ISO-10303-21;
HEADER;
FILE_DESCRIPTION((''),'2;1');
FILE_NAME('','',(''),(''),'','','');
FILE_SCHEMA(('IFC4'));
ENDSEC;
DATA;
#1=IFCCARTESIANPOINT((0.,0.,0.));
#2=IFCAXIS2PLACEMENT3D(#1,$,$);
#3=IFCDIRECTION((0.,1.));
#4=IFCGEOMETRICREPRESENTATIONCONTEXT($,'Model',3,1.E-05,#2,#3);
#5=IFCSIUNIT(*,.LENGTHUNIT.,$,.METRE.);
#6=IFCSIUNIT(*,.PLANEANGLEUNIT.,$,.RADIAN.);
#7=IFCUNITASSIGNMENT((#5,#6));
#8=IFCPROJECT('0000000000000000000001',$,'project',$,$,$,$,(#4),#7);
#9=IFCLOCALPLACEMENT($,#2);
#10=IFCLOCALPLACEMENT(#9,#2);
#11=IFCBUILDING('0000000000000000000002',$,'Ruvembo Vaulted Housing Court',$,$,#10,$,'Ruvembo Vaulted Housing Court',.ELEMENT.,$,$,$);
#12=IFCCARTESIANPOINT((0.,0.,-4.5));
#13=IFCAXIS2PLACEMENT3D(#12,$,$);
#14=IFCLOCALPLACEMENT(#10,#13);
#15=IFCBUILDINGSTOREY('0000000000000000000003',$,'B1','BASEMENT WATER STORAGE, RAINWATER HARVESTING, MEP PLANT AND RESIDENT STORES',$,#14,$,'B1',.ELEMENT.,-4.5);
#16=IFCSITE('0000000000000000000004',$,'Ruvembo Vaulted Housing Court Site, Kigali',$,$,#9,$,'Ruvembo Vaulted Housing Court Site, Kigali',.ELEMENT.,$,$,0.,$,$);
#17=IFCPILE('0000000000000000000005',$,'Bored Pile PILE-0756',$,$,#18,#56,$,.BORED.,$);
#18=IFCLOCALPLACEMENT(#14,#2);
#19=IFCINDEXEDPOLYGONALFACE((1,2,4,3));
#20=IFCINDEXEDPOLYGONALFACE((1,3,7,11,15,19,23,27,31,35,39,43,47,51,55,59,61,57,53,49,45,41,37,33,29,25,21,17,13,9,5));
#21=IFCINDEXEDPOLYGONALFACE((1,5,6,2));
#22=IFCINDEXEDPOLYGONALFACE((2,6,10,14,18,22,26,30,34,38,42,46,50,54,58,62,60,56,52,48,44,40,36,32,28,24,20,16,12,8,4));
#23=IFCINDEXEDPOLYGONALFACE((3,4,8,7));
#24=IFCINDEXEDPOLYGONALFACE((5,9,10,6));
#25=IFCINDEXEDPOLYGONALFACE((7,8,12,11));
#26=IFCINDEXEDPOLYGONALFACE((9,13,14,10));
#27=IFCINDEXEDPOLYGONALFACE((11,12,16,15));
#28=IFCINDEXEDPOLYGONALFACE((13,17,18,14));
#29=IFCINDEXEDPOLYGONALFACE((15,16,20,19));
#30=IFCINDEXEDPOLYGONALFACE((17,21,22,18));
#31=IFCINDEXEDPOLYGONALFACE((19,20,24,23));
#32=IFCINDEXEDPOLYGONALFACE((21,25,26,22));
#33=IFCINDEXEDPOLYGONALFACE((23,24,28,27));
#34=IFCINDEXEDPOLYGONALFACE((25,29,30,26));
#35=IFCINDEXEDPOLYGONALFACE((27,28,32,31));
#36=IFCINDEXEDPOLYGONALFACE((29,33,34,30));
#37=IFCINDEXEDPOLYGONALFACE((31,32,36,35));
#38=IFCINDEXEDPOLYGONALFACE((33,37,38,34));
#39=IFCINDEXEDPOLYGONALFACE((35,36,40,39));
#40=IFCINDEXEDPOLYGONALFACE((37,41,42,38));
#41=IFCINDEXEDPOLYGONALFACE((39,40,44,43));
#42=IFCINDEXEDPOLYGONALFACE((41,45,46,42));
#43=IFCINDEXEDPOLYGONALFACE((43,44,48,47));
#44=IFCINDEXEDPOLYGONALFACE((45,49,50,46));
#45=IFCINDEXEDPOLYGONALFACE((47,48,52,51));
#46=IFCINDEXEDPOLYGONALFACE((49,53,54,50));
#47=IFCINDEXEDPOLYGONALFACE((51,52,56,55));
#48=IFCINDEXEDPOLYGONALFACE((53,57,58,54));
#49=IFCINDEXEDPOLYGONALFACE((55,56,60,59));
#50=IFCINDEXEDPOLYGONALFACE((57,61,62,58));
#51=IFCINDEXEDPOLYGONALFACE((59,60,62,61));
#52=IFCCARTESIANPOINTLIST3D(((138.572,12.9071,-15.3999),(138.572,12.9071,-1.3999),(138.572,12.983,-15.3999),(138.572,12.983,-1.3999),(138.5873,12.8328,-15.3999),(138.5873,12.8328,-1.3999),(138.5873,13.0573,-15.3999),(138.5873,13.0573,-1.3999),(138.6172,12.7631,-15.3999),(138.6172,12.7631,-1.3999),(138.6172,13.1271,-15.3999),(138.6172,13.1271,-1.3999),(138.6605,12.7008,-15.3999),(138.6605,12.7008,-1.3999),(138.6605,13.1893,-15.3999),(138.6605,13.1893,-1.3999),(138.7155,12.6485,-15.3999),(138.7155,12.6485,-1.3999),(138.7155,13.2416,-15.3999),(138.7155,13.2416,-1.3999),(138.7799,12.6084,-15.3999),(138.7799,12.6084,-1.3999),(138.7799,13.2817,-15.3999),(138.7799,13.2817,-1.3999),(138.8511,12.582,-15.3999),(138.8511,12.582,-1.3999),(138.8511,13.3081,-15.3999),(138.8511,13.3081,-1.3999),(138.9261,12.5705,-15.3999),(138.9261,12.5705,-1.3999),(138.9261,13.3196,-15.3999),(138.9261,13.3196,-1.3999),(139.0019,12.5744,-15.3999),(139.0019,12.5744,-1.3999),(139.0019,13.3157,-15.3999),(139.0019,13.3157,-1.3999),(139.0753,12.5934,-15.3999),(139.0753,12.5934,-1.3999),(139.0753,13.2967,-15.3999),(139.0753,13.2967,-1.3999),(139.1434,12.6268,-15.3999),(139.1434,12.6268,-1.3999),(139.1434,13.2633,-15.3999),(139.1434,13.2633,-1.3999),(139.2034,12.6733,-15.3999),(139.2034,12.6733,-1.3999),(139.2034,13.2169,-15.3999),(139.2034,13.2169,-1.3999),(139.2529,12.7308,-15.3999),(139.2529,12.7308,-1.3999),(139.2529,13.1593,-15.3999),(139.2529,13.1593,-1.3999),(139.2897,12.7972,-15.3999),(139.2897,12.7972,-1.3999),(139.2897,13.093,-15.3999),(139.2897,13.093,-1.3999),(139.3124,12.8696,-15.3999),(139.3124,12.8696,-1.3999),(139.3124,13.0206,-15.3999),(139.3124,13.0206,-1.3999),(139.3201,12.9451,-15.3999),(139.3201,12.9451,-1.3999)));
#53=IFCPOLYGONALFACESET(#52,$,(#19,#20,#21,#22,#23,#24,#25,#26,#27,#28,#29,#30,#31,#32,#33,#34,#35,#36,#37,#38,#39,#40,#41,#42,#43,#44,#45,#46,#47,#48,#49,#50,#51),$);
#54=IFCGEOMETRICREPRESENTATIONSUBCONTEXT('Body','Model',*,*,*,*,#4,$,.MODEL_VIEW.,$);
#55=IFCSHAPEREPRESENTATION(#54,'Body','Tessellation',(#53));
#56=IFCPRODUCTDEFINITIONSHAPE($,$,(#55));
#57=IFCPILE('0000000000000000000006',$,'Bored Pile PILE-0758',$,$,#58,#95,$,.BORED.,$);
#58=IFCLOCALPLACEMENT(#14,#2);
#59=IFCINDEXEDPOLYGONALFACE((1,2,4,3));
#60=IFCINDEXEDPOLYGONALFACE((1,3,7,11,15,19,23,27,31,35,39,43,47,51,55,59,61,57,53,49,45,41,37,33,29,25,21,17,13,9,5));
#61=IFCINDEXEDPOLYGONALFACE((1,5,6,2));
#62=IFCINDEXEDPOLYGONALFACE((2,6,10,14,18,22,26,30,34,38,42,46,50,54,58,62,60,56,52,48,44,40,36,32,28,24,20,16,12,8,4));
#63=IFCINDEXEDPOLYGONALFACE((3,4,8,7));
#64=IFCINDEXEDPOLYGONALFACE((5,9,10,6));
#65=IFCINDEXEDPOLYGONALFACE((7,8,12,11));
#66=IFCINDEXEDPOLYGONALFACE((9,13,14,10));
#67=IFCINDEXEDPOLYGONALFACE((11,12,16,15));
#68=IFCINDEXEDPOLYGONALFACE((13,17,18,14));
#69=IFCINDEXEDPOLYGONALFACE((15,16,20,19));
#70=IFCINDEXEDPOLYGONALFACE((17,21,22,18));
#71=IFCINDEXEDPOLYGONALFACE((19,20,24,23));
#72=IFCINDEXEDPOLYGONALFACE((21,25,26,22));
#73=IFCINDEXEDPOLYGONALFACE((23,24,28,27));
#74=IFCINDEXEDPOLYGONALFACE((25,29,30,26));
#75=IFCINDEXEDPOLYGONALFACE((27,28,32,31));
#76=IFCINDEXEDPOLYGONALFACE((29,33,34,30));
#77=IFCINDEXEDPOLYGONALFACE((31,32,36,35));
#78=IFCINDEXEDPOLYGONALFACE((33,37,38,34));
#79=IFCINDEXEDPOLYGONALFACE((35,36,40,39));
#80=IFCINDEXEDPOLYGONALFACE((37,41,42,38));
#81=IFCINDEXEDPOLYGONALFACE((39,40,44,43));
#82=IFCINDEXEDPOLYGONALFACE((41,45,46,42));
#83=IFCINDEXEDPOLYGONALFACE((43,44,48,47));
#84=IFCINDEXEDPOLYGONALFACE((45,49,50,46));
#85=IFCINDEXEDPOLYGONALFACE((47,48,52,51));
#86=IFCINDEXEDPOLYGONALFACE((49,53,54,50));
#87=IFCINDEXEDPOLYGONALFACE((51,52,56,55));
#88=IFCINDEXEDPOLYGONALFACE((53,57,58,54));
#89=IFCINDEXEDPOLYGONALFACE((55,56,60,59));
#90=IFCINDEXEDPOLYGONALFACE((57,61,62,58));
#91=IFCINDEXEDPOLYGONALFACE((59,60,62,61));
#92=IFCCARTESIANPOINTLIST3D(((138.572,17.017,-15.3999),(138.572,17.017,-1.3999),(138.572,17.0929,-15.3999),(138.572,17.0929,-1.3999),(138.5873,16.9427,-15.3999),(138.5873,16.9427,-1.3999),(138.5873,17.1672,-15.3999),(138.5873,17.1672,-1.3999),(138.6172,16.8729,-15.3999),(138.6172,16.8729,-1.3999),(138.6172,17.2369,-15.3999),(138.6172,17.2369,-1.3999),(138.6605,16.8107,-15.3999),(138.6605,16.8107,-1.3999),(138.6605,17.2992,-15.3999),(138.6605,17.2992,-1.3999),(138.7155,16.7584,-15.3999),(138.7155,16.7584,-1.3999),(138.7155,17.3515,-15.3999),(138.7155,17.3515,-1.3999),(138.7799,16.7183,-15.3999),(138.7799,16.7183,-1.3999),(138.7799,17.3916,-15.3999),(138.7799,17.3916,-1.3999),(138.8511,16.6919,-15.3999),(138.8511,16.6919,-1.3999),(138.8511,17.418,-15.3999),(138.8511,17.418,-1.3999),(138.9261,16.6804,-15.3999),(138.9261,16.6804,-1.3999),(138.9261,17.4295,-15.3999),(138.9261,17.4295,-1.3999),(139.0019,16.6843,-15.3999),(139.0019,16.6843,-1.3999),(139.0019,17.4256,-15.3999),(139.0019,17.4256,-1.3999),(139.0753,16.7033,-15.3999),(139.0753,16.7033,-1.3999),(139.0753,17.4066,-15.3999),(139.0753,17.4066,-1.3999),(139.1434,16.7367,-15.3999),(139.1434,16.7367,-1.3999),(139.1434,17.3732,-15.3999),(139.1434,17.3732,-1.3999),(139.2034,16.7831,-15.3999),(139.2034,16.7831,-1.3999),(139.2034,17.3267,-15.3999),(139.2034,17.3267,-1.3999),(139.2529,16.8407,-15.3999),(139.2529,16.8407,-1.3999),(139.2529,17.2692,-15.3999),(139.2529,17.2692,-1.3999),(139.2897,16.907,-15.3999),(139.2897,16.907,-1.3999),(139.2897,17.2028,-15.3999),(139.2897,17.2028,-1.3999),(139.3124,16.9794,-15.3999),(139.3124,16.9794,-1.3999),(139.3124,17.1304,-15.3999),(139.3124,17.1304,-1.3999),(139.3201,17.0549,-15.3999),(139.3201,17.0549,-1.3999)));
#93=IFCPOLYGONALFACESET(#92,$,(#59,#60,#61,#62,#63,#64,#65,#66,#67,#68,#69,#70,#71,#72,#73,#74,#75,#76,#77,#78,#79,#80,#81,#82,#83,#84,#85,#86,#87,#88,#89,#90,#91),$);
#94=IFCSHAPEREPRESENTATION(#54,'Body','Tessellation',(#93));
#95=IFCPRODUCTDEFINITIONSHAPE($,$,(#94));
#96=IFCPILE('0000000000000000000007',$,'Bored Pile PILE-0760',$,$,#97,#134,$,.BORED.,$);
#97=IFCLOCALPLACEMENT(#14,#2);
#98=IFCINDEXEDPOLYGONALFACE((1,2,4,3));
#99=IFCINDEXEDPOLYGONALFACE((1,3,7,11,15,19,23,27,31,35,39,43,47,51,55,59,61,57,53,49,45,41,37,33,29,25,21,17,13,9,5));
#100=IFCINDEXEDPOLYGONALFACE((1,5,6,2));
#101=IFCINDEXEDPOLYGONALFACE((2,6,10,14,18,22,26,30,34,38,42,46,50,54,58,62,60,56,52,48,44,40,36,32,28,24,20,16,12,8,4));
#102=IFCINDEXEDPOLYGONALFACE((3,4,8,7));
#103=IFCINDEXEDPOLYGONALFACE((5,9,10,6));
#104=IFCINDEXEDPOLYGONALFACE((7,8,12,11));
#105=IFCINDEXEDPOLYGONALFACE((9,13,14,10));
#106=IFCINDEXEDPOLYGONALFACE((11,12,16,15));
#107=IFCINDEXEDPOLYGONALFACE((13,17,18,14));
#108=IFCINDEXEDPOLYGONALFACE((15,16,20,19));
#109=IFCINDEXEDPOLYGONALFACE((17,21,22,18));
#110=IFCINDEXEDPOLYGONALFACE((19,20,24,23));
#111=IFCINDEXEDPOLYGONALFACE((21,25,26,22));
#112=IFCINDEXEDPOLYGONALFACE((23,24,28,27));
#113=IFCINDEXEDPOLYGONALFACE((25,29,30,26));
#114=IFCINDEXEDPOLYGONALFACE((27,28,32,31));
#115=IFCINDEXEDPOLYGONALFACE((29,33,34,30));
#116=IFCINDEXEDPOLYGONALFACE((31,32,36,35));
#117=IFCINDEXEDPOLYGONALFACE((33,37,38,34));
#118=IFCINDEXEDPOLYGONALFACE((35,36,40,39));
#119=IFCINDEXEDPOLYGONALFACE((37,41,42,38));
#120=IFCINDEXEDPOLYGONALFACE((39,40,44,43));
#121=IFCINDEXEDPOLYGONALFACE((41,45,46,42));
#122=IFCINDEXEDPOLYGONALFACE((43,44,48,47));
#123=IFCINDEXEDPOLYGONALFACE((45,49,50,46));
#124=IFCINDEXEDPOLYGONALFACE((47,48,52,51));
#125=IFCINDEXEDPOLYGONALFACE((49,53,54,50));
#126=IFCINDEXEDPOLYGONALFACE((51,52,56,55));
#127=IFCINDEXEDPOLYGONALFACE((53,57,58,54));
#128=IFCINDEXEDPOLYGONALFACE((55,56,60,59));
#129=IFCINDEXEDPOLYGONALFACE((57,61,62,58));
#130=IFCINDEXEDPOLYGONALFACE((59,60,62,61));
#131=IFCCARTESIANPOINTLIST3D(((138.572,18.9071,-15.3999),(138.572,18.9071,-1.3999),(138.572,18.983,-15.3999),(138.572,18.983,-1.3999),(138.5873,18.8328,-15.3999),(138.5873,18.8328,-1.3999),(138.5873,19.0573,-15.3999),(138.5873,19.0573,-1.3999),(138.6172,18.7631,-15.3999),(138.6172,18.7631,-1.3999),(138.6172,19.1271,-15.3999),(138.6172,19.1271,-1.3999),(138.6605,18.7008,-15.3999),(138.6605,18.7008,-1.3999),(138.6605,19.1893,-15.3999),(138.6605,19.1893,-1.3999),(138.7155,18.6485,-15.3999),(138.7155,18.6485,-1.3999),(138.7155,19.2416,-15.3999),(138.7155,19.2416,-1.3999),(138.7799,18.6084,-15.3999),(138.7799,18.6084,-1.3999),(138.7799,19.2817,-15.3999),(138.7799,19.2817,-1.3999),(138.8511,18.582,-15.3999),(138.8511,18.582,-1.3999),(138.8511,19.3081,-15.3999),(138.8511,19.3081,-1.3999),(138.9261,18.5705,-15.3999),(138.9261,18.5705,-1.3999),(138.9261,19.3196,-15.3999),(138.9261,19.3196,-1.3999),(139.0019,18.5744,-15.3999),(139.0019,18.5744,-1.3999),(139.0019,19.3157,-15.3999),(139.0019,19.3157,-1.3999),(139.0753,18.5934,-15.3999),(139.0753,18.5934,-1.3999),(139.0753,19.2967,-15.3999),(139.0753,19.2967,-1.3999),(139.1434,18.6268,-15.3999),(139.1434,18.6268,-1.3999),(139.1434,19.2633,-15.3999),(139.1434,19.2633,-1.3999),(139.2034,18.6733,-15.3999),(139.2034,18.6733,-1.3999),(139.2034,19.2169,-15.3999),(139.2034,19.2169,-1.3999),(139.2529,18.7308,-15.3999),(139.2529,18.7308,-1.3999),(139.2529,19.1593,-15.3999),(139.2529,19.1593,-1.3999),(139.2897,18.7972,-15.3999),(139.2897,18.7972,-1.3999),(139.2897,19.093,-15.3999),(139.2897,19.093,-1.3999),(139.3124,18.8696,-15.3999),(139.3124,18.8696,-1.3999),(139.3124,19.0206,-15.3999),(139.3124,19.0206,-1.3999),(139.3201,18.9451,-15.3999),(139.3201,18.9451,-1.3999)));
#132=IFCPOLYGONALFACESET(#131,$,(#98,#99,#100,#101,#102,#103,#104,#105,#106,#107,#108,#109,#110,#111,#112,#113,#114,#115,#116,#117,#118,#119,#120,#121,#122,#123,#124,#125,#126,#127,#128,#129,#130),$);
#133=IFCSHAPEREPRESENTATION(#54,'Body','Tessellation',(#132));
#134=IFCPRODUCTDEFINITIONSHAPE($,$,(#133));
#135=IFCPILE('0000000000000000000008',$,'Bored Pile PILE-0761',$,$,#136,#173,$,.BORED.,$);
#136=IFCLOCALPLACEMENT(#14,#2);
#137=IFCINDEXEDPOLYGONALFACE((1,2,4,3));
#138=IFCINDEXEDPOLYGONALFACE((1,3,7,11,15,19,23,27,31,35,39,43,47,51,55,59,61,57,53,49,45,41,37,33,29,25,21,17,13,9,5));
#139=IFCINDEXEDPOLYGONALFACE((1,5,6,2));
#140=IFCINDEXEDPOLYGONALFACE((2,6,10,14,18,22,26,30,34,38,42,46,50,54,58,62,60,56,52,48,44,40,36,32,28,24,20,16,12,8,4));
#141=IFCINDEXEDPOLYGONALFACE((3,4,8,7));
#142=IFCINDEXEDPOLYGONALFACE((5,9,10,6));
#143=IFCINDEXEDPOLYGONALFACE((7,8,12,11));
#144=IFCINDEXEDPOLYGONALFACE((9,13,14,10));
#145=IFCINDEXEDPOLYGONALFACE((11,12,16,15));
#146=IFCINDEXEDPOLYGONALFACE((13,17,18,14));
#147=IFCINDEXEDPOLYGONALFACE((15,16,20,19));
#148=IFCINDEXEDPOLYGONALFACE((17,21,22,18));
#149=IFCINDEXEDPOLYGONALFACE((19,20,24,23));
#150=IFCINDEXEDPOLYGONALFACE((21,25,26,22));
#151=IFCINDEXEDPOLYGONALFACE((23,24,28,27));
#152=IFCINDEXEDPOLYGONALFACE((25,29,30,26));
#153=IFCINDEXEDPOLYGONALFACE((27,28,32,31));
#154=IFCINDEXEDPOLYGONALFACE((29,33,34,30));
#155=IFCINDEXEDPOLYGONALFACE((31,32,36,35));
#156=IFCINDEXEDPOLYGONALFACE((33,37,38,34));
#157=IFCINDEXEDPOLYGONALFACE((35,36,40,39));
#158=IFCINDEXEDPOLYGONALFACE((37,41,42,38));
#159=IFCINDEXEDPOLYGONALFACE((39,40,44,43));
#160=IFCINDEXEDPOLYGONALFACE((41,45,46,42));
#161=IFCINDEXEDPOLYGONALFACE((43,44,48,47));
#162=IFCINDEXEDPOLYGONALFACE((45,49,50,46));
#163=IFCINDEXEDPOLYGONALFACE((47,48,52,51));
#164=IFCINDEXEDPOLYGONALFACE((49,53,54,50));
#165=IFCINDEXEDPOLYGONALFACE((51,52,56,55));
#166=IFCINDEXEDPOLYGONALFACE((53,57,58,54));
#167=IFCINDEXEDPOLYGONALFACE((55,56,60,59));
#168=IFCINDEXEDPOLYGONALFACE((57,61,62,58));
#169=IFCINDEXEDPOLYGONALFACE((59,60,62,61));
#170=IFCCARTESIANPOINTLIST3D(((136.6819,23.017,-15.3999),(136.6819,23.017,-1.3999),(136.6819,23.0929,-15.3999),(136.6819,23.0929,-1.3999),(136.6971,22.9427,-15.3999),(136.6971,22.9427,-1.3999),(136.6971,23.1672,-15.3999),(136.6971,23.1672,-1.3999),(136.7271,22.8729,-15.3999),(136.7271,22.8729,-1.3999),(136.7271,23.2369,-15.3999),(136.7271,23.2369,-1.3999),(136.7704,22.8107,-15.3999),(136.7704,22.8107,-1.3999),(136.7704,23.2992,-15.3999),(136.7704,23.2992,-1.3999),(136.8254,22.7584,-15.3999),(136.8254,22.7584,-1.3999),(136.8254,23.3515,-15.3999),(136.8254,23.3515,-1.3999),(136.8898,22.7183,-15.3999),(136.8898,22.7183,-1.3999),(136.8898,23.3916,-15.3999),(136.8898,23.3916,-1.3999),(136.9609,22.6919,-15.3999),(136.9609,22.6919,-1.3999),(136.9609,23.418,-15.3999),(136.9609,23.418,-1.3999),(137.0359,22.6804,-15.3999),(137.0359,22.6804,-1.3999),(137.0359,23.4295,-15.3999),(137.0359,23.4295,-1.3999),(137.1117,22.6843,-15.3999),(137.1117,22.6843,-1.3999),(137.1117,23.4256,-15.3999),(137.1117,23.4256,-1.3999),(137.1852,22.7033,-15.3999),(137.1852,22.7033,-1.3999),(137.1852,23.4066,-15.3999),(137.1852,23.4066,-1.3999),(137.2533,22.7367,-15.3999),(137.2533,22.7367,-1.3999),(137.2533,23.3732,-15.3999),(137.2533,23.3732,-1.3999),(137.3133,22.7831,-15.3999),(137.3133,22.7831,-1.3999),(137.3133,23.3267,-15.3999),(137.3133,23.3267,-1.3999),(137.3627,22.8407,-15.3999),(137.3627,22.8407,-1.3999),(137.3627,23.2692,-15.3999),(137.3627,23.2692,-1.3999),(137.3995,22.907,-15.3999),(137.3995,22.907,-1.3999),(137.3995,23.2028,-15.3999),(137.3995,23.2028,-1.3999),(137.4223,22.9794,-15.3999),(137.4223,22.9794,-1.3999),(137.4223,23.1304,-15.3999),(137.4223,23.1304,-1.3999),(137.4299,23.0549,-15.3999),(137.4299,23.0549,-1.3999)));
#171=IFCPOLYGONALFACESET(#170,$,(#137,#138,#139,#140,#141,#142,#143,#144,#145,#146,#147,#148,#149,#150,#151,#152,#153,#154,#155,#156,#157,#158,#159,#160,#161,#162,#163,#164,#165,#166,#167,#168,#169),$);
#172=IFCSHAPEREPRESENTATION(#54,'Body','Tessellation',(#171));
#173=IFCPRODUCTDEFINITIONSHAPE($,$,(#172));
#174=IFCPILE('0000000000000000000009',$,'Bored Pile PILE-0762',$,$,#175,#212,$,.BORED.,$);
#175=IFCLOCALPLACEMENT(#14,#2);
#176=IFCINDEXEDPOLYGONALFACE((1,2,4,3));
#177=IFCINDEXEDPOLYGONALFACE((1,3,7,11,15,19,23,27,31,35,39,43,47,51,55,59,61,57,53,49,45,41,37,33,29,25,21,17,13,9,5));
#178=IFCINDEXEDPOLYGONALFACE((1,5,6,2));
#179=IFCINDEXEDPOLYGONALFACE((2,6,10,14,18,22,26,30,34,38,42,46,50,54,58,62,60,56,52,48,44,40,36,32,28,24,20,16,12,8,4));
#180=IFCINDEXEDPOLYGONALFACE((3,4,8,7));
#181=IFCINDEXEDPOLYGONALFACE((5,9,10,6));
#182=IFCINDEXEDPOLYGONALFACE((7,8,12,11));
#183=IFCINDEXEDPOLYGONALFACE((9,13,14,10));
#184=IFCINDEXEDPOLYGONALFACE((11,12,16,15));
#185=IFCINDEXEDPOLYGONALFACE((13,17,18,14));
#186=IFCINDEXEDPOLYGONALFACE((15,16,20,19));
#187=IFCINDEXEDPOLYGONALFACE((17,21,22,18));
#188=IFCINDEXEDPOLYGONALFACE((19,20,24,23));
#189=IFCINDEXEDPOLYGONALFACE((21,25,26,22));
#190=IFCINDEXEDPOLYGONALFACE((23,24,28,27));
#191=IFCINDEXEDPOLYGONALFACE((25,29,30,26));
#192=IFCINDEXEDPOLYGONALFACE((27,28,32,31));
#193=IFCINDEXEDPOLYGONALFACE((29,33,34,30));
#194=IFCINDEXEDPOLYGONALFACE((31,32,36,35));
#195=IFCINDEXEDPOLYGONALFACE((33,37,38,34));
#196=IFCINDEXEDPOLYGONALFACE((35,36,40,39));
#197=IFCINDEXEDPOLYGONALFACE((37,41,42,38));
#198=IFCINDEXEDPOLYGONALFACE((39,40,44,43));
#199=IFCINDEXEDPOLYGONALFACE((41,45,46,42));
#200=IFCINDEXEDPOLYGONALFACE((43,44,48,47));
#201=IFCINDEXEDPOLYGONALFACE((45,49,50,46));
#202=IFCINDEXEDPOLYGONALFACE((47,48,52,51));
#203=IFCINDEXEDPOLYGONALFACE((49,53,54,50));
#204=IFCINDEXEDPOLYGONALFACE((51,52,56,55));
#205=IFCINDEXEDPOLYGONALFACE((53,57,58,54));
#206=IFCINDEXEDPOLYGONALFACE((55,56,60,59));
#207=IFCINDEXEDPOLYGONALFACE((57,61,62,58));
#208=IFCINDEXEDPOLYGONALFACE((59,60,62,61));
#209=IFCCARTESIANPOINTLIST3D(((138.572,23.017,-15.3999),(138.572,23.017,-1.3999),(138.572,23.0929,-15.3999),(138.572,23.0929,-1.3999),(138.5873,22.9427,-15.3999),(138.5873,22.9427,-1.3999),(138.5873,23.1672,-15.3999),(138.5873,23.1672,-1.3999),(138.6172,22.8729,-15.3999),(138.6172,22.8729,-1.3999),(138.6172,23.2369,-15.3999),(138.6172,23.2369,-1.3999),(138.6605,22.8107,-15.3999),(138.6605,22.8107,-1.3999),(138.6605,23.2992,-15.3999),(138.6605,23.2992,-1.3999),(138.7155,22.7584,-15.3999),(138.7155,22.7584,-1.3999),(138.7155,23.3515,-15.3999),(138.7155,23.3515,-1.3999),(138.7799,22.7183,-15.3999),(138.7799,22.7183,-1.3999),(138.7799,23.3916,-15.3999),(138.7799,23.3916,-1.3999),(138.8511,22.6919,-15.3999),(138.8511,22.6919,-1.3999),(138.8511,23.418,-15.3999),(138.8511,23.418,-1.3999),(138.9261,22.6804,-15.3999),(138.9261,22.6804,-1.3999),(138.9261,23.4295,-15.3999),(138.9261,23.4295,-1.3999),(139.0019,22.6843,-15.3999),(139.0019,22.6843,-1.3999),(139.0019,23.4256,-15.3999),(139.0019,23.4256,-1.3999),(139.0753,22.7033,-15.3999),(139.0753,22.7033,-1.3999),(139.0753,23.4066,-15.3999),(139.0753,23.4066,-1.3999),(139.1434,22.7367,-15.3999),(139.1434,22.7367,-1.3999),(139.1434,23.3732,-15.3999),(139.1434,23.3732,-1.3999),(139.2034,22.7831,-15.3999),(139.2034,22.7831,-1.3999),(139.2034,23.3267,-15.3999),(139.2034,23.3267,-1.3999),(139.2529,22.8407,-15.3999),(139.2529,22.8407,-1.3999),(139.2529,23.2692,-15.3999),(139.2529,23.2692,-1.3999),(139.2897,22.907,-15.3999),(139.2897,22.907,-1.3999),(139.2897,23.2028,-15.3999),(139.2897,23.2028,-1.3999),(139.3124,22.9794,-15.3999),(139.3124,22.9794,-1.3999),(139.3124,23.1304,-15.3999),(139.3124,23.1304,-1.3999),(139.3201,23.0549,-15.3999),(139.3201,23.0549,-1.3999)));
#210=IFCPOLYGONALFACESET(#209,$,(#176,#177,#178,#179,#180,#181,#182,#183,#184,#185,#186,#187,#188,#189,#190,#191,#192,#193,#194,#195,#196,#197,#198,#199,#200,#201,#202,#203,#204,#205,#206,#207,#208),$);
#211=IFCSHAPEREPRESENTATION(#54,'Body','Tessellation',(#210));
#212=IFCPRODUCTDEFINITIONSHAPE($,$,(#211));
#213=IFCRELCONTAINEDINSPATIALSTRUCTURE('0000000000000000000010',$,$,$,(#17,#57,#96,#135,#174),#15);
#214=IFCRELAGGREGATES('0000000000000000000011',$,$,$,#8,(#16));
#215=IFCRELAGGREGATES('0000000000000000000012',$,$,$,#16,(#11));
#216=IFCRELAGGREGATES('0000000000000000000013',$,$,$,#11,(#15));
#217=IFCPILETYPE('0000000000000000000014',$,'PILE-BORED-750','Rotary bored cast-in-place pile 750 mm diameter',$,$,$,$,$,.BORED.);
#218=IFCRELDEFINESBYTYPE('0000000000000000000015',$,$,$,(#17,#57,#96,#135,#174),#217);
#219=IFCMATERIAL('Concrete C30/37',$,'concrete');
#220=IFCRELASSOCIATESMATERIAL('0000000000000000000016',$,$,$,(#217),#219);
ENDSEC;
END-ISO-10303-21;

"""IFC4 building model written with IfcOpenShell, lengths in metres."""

from ifc_helpers import new_model, si_unit, direction, frame, origin, origin_2d, place, context, subcontext, project, spatial, circle, extrude, material, material_profile, profile_set, type_object, element, save


model = new_model("IFC4")

# Units and contexts
model_context = context("Model", 3, precision=1e-05, world=origin(), true_north=direction((0.0, 1.0)))
body_context = subcontext(model_context, "Body", "Model", "MODEL_VIEW")
ifc_project = project(units=[si_unit("LENGTHUNIT", "METRE"), si_unit("PLANEANGLEUNIT", "RADIAN")], contexts=[model_context])

# Site, building, storey
site_placement = place(None, origin())
site = spatial("IfcSite", under=ifc_project, at=site_placement, Name="Ruvembo Vaulted Housing Court Site, Kigali", LongName="Ruvembo Vaulted Housing Court Site, Kigali", CompositionType="ELEMENT", RefElevation=0.0)
building_placement = place(site_placement, origin())
building = spatial("IfcBuilding", under=site, at=building_placement, Name="Ruvembo Vaulted Housing Court", LongName="Ruvembo Vaulted Housing Court", CompositionType="ELEMENT")
storey_placement = place(building_placement, frame((0.0, 0.0, -4.5)))
storey = spatial("IfcBuildingStorey", under=building, at=storey_placement, Name="B1", Description="BASEMENT WATER STORAGE, RAINWATER HARVESTING, MEP PLANT AND RESIDENT STORES", LongName="B1", CompositionType="ELEMENT", Elevation=-4.5)

# Piles
ifc_material_1 = material(Name="Concrete C30/37", Category="concrete")
ifc_material_profile_1 = material_profile(ifc_material_1, circle(Radius=0.375, at=origin_2d()), Name="PILE D750")
ifc_profile_set_1 = profile_set([ifc_material_profile_1], Name="Concrete C30/37")
pile_type_1 = type_object("IfcPileType", Name="PILE-BORED-750", Description="Rotary bored cast-in-place pile 750 mm diameter", PredefinedType="BORED", material=ifc_profile_set_1)
for number, where, z_axis, x_axis, name in (
    (1, (138.9451, 12.9451, -1.3999), (0.0, 0.0, -1.0), (1.0, 0.0, 0.0), "Bored Pile PILE-0756"),
    (2, (138.9451, 17.0549, -1.3999), (0.0, 0.0, -1.0), (1.0, 0.0, 0.0), "Bored Pile PILE-0758"),
    (3, (138.9451, 18.9451, -1.3999), (0.0, 0.0, -1.0), (1.0, 0.0, 0.0), "Bored Pile PILE-0760"),
    (4, (137.0549, 23.0549, -1.3999), (0.0, 0.0, -1.0), (1.0, 0.0, 0.0), "Bored Pile PILE-0761"),
    (5, (138.9451, 23.0549, -1.3999), (0.0, 0.0, -1.0), (1.0, 0.0, 0.0), "Bored Pile PILE-0762"),
):
    element("IfcPile", number, at=place(storey_placement, frame(where, z_axis=z_axis, x_axis=x_axis)), inside=storey, type_object=pile_type_1, Name=name, PredefinedType="BORED", context=body_context, shape_type="SweptSolid", body=[
        extrude(circle(Radius=0.375, at=origin_2d()), origin(), (0.0, 0.0, 1.0), 14.0),
    ])

save(model, "model.ifc")
